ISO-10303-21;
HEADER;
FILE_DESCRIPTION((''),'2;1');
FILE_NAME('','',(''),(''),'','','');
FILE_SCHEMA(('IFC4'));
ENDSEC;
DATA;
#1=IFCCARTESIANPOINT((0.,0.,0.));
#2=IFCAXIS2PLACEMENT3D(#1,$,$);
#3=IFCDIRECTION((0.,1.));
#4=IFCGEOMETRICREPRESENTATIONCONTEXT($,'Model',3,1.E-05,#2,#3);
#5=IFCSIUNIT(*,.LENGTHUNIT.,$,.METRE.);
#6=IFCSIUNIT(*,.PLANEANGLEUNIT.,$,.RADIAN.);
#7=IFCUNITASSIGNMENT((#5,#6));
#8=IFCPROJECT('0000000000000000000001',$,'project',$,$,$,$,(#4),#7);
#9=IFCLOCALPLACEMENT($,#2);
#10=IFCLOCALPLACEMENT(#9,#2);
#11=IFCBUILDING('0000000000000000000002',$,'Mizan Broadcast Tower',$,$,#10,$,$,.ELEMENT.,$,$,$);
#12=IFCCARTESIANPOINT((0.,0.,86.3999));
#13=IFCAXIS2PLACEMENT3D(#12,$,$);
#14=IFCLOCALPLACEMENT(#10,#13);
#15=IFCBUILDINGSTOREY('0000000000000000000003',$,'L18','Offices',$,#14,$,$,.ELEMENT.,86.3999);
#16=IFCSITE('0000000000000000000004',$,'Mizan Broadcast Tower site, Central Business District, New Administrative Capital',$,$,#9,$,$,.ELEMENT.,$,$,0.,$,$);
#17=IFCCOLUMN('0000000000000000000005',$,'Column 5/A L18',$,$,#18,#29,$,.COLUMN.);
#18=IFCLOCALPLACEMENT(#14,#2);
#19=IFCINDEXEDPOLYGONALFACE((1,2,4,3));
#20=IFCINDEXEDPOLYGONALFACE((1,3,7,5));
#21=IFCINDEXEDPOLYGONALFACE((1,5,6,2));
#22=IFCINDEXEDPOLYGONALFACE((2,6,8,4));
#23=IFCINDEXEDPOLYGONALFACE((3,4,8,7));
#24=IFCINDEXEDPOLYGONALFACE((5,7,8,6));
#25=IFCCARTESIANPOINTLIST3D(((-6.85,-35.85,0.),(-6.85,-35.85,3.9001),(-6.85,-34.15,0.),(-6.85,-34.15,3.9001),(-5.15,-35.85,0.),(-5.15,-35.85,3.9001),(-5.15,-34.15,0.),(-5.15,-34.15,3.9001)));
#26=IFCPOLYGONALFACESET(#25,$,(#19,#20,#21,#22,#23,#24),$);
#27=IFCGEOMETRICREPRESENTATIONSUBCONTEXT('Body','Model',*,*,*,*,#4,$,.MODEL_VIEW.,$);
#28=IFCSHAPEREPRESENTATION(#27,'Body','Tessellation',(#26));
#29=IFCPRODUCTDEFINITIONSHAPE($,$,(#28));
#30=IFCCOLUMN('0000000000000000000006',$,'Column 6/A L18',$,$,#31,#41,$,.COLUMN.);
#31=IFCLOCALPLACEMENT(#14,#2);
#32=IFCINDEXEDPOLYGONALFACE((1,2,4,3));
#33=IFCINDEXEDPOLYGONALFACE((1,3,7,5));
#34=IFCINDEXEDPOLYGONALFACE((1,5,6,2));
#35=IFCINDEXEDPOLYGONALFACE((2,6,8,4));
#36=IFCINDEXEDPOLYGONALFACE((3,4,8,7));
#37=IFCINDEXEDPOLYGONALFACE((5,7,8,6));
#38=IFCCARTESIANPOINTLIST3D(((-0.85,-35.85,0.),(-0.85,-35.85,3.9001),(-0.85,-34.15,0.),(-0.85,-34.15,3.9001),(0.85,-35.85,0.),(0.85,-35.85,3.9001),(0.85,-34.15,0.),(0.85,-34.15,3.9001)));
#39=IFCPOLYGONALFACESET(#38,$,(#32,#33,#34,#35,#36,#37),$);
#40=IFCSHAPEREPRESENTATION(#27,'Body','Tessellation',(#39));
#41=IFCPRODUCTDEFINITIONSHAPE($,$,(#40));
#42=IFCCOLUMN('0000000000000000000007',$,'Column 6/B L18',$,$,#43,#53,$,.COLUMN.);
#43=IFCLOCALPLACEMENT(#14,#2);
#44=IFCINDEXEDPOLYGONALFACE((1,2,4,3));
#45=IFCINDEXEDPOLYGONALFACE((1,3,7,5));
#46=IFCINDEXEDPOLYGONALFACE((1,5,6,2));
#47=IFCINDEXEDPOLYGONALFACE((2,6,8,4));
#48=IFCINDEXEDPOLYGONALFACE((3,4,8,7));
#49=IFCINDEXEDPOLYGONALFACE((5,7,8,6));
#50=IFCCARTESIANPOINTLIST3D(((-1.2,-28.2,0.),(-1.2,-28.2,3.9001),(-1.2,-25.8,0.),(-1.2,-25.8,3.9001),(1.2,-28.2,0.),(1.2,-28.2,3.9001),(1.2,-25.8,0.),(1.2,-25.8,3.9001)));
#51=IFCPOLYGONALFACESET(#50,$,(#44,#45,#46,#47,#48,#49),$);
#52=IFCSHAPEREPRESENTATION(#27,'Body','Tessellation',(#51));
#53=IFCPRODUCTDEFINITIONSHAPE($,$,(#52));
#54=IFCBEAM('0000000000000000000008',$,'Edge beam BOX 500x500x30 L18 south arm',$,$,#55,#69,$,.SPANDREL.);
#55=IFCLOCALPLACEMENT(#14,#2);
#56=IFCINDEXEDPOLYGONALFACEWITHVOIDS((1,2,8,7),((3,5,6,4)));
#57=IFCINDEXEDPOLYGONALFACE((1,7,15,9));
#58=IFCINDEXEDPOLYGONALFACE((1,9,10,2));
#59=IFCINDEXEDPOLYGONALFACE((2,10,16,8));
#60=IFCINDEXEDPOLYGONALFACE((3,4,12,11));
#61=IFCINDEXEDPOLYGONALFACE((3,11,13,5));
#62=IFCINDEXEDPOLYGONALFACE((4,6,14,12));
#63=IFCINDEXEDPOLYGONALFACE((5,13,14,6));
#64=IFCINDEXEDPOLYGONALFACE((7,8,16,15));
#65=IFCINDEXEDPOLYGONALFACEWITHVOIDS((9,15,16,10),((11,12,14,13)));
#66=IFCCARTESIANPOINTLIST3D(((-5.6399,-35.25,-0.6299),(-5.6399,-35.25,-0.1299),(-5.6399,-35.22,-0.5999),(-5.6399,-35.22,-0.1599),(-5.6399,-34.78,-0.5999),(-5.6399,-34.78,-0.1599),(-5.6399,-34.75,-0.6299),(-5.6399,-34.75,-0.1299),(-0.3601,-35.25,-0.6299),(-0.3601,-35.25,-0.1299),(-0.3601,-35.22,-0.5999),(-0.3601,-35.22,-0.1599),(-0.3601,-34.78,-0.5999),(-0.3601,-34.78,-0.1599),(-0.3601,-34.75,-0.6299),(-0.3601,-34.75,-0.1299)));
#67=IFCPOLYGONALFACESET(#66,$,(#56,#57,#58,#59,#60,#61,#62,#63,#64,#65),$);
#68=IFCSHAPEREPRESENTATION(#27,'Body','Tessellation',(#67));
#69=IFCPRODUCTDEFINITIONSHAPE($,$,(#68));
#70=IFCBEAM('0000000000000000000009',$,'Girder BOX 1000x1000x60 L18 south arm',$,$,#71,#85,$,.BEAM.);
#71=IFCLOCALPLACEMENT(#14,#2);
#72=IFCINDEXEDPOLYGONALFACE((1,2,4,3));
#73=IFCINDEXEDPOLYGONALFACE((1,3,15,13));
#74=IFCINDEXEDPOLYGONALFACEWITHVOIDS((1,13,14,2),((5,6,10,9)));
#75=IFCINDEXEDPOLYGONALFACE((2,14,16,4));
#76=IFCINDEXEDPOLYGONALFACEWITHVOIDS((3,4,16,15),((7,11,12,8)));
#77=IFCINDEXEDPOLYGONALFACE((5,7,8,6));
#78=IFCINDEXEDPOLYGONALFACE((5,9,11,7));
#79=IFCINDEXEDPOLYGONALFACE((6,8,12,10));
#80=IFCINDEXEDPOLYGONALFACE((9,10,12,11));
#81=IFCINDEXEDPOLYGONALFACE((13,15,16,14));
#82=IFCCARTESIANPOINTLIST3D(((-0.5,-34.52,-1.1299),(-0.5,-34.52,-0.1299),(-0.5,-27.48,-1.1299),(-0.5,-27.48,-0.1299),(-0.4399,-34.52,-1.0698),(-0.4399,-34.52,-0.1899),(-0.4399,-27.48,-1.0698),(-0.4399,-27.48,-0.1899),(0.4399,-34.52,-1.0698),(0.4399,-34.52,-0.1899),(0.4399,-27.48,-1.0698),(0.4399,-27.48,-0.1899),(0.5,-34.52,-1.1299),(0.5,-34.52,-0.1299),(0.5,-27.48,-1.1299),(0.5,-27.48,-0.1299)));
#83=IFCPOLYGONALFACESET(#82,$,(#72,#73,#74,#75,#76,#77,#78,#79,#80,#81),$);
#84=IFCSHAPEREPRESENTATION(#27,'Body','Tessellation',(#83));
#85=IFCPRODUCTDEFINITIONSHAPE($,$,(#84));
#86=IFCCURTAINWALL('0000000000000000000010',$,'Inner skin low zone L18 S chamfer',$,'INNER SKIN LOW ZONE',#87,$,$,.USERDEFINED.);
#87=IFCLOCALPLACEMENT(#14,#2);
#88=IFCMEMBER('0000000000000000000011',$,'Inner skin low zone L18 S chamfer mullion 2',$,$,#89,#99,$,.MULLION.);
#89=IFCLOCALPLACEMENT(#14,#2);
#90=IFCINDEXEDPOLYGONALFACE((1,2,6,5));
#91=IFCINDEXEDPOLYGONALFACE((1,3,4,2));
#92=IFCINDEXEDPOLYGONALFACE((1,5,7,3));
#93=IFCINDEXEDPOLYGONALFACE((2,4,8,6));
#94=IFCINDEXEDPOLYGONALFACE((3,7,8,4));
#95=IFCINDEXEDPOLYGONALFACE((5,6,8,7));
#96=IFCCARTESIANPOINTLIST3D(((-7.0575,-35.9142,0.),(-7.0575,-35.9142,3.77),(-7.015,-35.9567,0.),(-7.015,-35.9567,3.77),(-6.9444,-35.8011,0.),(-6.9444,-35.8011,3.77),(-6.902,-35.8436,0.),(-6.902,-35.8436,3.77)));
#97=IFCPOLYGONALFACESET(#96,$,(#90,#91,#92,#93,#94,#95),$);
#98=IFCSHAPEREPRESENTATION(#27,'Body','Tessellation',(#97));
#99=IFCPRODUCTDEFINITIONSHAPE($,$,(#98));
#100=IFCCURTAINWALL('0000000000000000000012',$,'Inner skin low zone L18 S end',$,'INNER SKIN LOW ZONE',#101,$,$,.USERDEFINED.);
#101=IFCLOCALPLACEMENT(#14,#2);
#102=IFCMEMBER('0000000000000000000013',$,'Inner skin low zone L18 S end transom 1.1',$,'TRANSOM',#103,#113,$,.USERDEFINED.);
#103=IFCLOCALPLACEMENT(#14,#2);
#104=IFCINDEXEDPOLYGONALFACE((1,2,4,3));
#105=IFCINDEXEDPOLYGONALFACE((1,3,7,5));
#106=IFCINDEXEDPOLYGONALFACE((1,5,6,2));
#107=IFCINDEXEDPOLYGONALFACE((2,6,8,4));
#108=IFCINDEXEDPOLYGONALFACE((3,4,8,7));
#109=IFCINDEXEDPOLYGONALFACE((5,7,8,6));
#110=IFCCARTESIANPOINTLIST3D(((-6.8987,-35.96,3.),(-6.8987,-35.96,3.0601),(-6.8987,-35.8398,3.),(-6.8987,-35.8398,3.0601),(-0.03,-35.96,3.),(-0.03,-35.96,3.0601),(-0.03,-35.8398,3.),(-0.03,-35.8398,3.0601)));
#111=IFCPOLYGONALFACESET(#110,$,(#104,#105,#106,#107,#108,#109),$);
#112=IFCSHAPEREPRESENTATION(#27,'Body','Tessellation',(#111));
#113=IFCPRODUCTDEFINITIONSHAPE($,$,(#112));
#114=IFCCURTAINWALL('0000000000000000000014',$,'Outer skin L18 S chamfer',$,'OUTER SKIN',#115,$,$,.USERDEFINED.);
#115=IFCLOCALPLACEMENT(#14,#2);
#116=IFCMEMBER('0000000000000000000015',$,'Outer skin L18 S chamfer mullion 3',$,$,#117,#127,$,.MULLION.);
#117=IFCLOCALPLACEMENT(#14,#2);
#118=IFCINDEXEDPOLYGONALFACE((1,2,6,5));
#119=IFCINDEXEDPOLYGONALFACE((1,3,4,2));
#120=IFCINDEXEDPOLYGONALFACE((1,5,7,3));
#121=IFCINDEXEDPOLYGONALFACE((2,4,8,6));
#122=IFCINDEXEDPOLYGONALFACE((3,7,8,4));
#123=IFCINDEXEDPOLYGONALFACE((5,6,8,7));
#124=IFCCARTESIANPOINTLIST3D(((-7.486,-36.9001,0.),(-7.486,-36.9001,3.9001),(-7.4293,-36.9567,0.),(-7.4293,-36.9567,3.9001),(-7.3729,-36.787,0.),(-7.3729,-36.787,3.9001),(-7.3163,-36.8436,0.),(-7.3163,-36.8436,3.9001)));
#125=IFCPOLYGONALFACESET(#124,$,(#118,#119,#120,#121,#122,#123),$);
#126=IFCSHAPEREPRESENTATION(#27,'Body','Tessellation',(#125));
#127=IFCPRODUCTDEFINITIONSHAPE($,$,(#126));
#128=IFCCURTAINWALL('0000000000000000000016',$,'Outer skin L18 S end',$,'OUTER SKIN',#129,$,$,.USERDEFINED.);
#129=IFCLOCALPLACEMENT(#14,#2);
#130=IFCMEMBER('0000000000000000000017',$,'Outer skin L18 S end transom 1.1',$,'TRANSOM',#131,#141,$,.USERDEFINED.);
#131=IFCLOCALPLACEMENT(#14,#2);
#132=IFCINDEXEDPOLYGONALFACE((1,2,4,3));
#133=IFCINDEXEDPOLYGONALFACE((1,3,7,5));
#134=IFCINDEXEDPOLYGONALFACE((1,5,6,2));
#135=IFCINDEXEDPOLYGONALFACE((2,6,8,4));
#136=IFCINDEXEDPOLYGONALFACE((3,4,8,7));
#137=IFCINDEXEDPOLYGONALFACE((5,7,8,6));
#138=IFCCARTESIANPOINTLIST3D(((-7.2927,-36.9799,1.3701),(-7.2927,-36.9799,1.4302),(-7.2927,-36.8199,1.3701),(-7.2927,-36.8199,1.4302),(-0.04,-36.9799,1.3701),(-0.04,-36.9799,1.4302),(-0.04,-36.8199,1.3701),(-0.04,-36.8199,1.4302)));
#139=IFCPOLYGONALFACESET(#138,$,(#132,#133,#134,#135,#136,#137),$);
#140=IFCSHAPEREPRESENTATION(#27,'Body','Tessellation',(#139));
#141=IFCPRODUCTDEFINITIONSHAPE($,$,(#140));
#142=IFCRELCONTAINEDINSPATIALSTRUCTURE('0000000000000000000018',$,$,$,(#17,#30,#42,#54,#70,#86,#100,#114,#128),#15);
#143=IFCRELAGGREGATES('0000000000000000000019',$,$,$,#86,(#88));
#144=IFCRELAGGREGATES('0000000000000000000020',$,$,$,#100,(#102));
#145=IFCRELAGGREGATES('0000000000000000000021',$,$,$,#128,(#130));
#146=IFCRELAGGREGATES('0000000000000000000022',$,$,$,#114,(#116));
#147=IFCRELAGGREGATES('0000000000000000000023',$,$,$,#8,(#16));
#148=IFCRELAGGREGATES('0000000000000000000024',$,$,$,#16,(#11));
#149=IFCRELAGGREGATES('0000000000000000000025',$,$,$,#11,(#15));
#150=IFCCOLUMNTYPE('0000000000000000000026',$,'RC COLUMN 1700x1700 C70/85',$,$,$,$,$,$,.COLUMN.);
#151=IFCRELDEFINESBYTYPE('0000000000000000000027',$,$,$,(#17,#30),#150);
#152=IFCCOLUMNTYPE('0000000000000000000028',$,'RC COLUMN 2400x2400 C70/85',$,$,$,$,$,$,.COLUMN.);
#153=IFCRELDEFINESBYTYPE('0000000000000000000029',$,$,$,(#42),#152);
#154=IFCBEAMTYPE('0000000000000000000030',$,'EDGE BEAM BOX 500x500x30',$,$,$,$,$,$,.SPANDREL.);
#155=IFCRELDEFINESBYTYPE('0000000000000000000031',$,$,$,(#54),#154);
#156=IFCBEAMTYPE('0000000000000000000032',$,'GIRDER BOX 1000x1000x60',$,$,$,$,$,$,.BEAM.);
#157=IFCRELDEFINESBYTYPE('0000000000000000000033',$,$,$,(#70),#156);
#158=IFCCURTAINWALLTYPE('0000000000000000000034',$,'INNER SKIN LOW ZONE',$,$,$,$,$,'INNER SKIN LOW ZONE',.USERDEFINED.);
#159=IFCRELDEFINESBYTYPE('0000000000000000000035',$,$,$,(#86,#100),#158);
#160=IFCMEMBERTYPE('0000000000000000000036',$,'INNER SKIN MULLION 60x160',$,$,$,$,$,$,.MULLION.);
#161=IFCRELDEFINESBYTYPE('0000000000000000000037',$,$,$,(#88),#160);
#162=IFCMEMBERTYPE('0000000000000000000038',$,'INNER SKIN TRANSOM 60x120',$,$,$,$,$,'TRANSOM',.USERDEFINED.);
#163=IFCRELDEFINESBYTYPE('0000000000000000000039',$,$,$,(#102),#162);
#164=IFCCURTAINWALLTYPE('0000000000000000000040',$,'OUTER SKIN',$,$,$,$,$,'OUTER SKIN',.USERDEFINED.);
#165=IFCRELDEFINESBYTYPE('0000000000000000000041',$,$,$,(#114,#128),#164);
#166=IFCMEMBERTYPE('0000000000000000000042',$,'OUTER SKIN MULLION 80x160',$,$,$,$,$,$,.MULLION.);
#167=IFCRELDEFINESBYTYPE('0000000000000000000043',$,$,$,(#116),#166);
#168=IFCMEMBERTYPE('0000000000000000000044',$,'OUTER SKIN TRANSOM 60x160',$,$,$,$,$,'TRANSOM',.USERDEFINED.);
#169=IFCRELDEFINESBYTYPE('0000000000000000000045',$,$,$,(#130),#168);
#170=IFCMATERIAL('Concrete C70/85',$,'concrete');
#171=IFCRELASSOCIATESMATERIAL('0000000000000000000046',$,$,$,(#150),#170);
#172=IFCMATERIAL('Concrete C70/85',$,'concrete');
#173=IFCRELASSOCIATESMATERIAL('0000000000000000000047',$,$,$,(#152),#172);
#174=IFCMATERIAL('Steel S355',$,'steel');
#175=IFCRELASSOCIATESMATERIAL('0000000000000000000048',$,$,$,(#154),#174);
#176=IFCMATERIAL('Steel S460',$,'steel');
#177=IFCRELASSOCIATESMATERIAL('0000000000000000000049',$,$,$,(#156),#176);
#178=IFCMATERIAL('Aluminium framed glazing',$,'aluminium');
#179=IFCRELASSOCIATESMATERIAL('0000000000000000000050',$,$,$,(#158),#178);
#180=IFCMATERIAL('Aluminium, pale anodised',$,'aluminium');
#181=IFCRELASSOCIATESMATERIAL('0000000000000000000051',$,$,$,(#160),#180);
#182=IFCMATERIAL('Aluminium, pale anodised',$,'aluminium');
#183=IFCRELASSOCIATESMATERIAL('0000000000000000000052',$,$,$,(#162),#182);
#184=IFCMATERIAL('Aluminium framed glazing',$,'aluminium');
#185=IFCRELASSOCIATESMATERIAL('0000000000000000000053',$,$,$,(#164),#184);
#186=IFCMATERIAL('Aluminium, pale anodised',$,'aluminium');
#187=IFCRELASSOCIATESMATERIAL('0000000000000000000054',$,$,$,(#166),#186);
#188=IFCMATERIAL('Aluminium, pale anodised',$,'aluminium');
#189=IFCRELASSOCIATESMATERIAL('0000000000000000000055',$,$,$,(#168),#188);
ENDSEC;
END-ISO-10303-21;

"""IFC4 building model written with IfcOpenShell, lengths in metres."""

from ifc_helpers import new_model, si_unit, direction, frame, origin, origin_2d, place, context, subcontext, project, spatial, rectangle, hollow_rectangle, extrude, material, material_profile, profile_set, type_object, element, aggregate, save


model = new_model("IFC4")

# Units and contexts
model_context = context("Model", 3, precision=1e-05, world=origin(), true_north=direction((0.0, 1.0)))
body_context = subcontext(model_context, "Body", "Model", "MODEL_VIEW")
ifc_project = project(units=[si_unit("LENGTHUNIT", "METRE"), si_unit("PLANEANGLEUNIT", "RADIAN")], contexts=[model_context])

# Site, building, storey
site_placement = place(None, origin())
site = spatial("IfcSite", under=ifc_project, at=site_placement, Name="Mizan Broadcast Tower site, Central Business District, New Administrative Capital", CompositionType="ELEMENT", RefElevation=0.0)
building_placement = place(site_placement, origin())
building = spatial("IfcBuilding", under=site, at=building_placement, Name="Mizan Broadcast Tower", CompositionType="ELEMENT")
storey_placement = place(building_placement, frame((0.0, 0.0, 86.3999)))
storey = spatial("IfcBuildingStorey", under=building, at=storey_placement, Name="L18", Description="Offices", CompositionType="ELEMENT", Elevation=86.3999)

# Columns
ifc_material_1 = material(Name="Concrete C70/85", Category="concrete")
ifc_material_profile_1 = material_profile(ifc_material_1, rectangle(XDim=1.7, YDim=1.7, at=origin_2d()), Name="RC 1700x1700")
ifc_profile_set_1 = profile_set([ifc_material_profile_1], Name="Concrete C70/85")
column_type_1 = type_object("IfcColumnType", Name="RC COLUMN 1700x1700 C70/85", PredefinedType="COLUMN", material=ifc_profile_set_1)
for number, where, z_axis, x_axis, name in (
    (1, (-6.0, -35.0, 0.0), (0.0, 0.0, 1.0), (1.0, 0.0, 0.0), "Column 5/A L18"),
    (2, (0.0, -35.0, 0.0), (0.0, 0.0, 1.0), (1.0, 0.0, 0.0), "Column 6/A L18"),
):
    element("IfcColumn", number, at=place(storey_placement, frame(where, z_axis=z_axis, x_axis=x_axis)), inside=storey, type_object=column_type_1, Name=name, PredefinedType="COLUMN", context=body_context, shape_type="SweptSolid", body=[
        extrude(rectangle(XDim=1.7, YDim=1.7, at=origin_2d()), origin(), (0.0, 0.0, 1.0), 3.9001),
    ])
ifc_material_2 = material(Name="Concrete C70/85", Category="concrete")
ifc_material_profile_2 = material_profile(ifc_material_2, rectangle(XDim=2.3999, YDim=2.3999, at=origin_2d()), Name="RC 2400x2400")
ifc_profile_set_2 = profile_set([ifc_material_profile_2], Name="Concrete C70/85")
column_type_2 = type_object("IfcColumnType", Name="RC COLUMN 2400x2400 C70/85", PredefinedType="COLUMN", material=ifc_profile_set_2)
column_placement = place(storey_placement, frame((0.0, -27.0, 0.0), z_axis=(0.0, 0.0, 1.0), x_axis=(1.0, 0.0, 0.0)))
element("IfcColumn", 3, at=column_placement, inside=storey, type_object=column_type_2, Name="Column 6/B L18", PredefinedType="COLUMN", context=body_context, shape_type="SweptSolid", body=[
    extrude(rectangle(XDim=2.3999, YDim=2.3999, at=origin_2d()), origin(), (0.0, 0.0, 1.0), 3.9001),
])

# Beams
ifc_material_3 = material(Name="Steel S355", Category="steel")
ifc_material_profile_3 = material_profile(ifc_material_3, hollow_rectangle(XDim=0.5, YDim=0.5, WallThickness=0.03, at=origin_2d()), Name="BOX 500x500x30")
ifc_profile_set_3 = profile_set([ifc_material_profile_3], Name="Steel S355")
beam_type_1 = type_object("IfcBeamType", Name="EDGE BEAM BOX 500x500x30", PredefinedType="SPANDREL", material=ifc_profile_set_3)
beam_1_placement = place(storey_placement, frame((-5.6399, -35.0, -0.3799), z_axis=(1.0, 0.0, 0.0), x_axis=(0.0, 1.0, 0.0)))
element("IfcBeam", 4, at=beam_1_placement, inside=storey, type_object=beam_type_1, Name="Edge beam BOX 500x500x30 L18 south arm", PredefinedType="SPANDREL", context=body_context, shape_type="SweptSolid", body=[
    extrude(hollow_rectangle(XDim=0.5, YDim=0.5, WallThickness=0.03, at=origin_2d()), origin(), (0.0, 0.0, 1.0), 5.2798),
])
ifc_material_4 = material(Name="Steel S460", Category="steel")
ifc_material_profile_4 = material_profile(ifc_material_4, hollow_rectangle(XDim=1.0, YDim=1.0, WallThickness=0.0601, at=origin_2d()), Name="BOX 1000x1000x60")
ifc_profile_set_4 = profile_set([ifc_material_profile_4], Name="Steel S460")
beam_type_2 = type_object("IfcBeamType", Name="GIRDER BOX 1000x1000x60", PredefinedType="BEAM", material=ifc_profile_set_4)
beam_2_placement = place(storey_placement, frame((0.0, -27.48, -0.6299), z_axis=(0.0, -1.0, 0.0), x_axis=(1.0, 0.0, 0.0)))
element("IfcBeam", 5, at=beam_2_placement, inside=storey, type_object=beam_type_2, Name="Girder BOX 1000x1000x60 L18 south arm", PredefinedType="BEAM", context=body_context, shape_type="SweptSolid", body=[
    extrude(hollow_rectangle(XDim=1.0, YDim=1.0, WallThickness=0.0601, at=origin_2d()), origin(), (0.0, 0.0, 1.0), 7.04),
])

# Curtain walls, members
ifc_material_5 = material(Name="Aluminium framed glazing", Category="aluminium")
curtain_wall_type_1 = type_object("IfcCurtainWallType", Name="INNER SKIN LOW ZONE", ElementType="INNER SKIN LOW ZONE", PredefinedType="USERDEFINED", material=ifc_material_5)
curtain_wall_1_placement = place(storey_placement, origin())
curtain_wall_1 = element("IfcCurtainWall", 6, at=curtain_wall_1_placement, inside=storey, type_object=curtain_wall_type_1, Name="Inner skin low zone L18 S chamfer", ObjectType="INNER SKIN LOW ZONE", PredefinedType="USERDEFINED")
ifc_material_6 = material(Name="Aluminium, pale anodised", Category="aluminium")
ifc_material_profile_5 = material_profile(ifc_material_6, rectangle(XDim=0.1599, YDim=0.0601, at=origin_2d()), Name="MULLION 160x60")
ifc_profile_set_5 = profile_set([ifc_material_profile_5], Name="Aluminium, pale anodised")
member_type_1 = type_object("IfcMemberType", Name="INNER SKIN MULLION 60x160", PredefinedType="MULLION", material=ifc_profile_set_5)
member_1_placement = place(storey_placement, frame((-6.9797, -35.8789, 0.0), z_axis=(0.0, 0.0, 1.0), x_axis=(0.707107, 0.707107, 0.0)))
member_1 = element("IfcMember", 7, at=member_1_placement, type_object=member_type_1, Name="Inner skin low zone L18 S chamfer mullion 2", PredefinedType="MULLION", context=body_context, shape_type="SweptSolid", body=[
    extrude(rectangle(XDim=0.1599, YDim=0.0601, at=origin_2d()), origin(), (0.0, 0.0, 1.0), 3.77),
])
curtain_wall_2_placement = place(storey_placement, origin())
curtain_wall_2 = element("IfcCurtainWall", 8, at=curtain_wall_2_placement, inside=storey, type_object=curtain_wall_type_1, Name="Inner skin low zone L18 S end", ObjectType="INNER SKIN LOW ZONE", PredefinedType="USERDEFINED")
ifc_material_7 = material(Name="Aluminium, pale anodised", Category="aluminium")
ifc_material_profile_6 = material_profile(ifc_material_7, rectangle(XDim=0.1201, YDim=0.0601, at=origin_2d()), Name="TRANSOM 120x60")
ifc_profile_set_6 = profile_set([ifc_material_profile_6], Name="Aluminium, pale anodised")
member_type_2 = type_object("IfcMemberType", Name="INNER SKIN TRANSOM 60x120", ElementType="TRANSOM", PredefinedType="USERDEFINED", material=ifc_profile_set_6)
member_2_placement = place(storey_placement, frame((-6.8987, -35.8999, 3.03), z_axis=(1.0, 0.0, 0.0), x_axis=(0.0, 1.0, 0.0)))
member_2 = element("IfcMember", 9, at=member_2_placement, type_object=member_type_2, Name="Inner skin low zone L18 S end transom 1.1", ObjectType="TRANSOM", PredefinedType="USERDEFINED", context=body_context, shape_type="SweptSolid", body=[
    extrude(rectangle(XDim=0.1201, YDim=0.0601, at=origin_2d()), origin(), (0.0, 0.0, 1.0), 6.8687),
])
ifc_material_8 = material(Name="Aluminium framed glazing", Category="aluminium")
curtain_wall_type_2 = type_object("IfcCurtainWallType", Name="OUTER SKIN", ElementType="OUTER SKIN", PredefinedType="USERDEFINED", material=ifc_material_8)
curtain_wall_3_placement = place(storey_placement, origin())
curtain_wall_3 = element("IfcCurtainWall", 10, at=curtain_wall_3_placement, inside=storey, type_object=curtain_wall_type_2, Name="Outer skin L18 S chamfer", ObjectType="OUTER SKIN", PredefinedType="USERDEFINED")
ifc_material_9 = material(Name="Aluminium, pale anodised", Category="aluminium")
ifc_material_profile_7 = material_profile(ifc_material_9, rectangle(XDim=0.1599, YDim=0.0801, at=origin_2d()), Name="MULLION 160x80")
ifc_profile_set_7 = profile_set([ifc_material_profile_7], Name="Aluminium, pale anodised")
member_type_3 = type_object("IfcMemberType", Name="OUTER SKIN MULLION 80x160", PredefinedType="MULLION", material=ifc_profile_set_7)
member_3_placement = place(storey_placement, frame((-7.4011, -36.8718, 0.0), z_axis=(0.0, 0.0, 1.0), x_axis=(0.707107, 0.707107, 0.0)))
member_3 = element("IfcMember", 11, at=member_3_placement, type_object=member_type_3, Name="Outer skin L18 S chamfer mullion 3", PredefinedType="MULLION", context=body_context, shape_type="SweptSolid", body=[
    extrude(rectangle(XDim=0.1599, YDim=0.0801, at=origin_2d()), origin(), (0.0, 0.0, 1.0), 3.9001),
])
curtain_wall_4_placement = place(storey_placement, origin())
curtain_wall_4 = element("IfcCurtainWall", 12, at=curtain_wall_4_placement, inside=storey, type_object=curtain_wall_type_2, Name="Outer skin L18 S end", ObjectType="OUTER SKIN", PredefinedType="USERDEFINED")
ifc_material_10 = material(Name="Aluminium, pale anodised", Category="aluminium")
ifc_material_profile_8 = material_profile(ifc_material_10, rectangle(XDim=0.1599, YDim=0.0601, at=origin_2d()), Name="TRANSOM 160x60")
ifc_profile_set_8 = profile_set([ifc_material_profile_8], Name="Aluminium, pale anodised")
member_type_4 = type_object("IfcMemberType", Name="OUTER SKIN TRANSOM 60x160", ElementType="TRANSOM", PredefinedType="USERDEFINED", material=ifc_profile_set_8)
member_4_placement = place(storey_placement, frame((-7.2927, -36.8999, 1.4001), z_axis=(1.0, 0.0, 0.0), x_axis=(0.0, 1.0, 0.0)))
member_4 = element("IfcMember", 13, at=member_4_placement, type_object=member_type_4, Name="Outer skin L18 S end transom 1.1", ObjectType="TRANSOM", PredefinedType="USERDEFINED", context=body_context, shape_type="SweptSolid", body=[
    extrude(rectangle(XDim=0.1599, YDim=0.0601, at=origin_2d()), origin(), (0.0, 0.0, 1.0), 7.2527),
])

aggregate(curtain_wall_1, [member_1])
aggregate(curtain_wall_2, [member_2])
aggregate(curtain_wall_4, [member_4])
aggregate(curtain_wall_3, [member_3])

save(model, "model.ifc")
